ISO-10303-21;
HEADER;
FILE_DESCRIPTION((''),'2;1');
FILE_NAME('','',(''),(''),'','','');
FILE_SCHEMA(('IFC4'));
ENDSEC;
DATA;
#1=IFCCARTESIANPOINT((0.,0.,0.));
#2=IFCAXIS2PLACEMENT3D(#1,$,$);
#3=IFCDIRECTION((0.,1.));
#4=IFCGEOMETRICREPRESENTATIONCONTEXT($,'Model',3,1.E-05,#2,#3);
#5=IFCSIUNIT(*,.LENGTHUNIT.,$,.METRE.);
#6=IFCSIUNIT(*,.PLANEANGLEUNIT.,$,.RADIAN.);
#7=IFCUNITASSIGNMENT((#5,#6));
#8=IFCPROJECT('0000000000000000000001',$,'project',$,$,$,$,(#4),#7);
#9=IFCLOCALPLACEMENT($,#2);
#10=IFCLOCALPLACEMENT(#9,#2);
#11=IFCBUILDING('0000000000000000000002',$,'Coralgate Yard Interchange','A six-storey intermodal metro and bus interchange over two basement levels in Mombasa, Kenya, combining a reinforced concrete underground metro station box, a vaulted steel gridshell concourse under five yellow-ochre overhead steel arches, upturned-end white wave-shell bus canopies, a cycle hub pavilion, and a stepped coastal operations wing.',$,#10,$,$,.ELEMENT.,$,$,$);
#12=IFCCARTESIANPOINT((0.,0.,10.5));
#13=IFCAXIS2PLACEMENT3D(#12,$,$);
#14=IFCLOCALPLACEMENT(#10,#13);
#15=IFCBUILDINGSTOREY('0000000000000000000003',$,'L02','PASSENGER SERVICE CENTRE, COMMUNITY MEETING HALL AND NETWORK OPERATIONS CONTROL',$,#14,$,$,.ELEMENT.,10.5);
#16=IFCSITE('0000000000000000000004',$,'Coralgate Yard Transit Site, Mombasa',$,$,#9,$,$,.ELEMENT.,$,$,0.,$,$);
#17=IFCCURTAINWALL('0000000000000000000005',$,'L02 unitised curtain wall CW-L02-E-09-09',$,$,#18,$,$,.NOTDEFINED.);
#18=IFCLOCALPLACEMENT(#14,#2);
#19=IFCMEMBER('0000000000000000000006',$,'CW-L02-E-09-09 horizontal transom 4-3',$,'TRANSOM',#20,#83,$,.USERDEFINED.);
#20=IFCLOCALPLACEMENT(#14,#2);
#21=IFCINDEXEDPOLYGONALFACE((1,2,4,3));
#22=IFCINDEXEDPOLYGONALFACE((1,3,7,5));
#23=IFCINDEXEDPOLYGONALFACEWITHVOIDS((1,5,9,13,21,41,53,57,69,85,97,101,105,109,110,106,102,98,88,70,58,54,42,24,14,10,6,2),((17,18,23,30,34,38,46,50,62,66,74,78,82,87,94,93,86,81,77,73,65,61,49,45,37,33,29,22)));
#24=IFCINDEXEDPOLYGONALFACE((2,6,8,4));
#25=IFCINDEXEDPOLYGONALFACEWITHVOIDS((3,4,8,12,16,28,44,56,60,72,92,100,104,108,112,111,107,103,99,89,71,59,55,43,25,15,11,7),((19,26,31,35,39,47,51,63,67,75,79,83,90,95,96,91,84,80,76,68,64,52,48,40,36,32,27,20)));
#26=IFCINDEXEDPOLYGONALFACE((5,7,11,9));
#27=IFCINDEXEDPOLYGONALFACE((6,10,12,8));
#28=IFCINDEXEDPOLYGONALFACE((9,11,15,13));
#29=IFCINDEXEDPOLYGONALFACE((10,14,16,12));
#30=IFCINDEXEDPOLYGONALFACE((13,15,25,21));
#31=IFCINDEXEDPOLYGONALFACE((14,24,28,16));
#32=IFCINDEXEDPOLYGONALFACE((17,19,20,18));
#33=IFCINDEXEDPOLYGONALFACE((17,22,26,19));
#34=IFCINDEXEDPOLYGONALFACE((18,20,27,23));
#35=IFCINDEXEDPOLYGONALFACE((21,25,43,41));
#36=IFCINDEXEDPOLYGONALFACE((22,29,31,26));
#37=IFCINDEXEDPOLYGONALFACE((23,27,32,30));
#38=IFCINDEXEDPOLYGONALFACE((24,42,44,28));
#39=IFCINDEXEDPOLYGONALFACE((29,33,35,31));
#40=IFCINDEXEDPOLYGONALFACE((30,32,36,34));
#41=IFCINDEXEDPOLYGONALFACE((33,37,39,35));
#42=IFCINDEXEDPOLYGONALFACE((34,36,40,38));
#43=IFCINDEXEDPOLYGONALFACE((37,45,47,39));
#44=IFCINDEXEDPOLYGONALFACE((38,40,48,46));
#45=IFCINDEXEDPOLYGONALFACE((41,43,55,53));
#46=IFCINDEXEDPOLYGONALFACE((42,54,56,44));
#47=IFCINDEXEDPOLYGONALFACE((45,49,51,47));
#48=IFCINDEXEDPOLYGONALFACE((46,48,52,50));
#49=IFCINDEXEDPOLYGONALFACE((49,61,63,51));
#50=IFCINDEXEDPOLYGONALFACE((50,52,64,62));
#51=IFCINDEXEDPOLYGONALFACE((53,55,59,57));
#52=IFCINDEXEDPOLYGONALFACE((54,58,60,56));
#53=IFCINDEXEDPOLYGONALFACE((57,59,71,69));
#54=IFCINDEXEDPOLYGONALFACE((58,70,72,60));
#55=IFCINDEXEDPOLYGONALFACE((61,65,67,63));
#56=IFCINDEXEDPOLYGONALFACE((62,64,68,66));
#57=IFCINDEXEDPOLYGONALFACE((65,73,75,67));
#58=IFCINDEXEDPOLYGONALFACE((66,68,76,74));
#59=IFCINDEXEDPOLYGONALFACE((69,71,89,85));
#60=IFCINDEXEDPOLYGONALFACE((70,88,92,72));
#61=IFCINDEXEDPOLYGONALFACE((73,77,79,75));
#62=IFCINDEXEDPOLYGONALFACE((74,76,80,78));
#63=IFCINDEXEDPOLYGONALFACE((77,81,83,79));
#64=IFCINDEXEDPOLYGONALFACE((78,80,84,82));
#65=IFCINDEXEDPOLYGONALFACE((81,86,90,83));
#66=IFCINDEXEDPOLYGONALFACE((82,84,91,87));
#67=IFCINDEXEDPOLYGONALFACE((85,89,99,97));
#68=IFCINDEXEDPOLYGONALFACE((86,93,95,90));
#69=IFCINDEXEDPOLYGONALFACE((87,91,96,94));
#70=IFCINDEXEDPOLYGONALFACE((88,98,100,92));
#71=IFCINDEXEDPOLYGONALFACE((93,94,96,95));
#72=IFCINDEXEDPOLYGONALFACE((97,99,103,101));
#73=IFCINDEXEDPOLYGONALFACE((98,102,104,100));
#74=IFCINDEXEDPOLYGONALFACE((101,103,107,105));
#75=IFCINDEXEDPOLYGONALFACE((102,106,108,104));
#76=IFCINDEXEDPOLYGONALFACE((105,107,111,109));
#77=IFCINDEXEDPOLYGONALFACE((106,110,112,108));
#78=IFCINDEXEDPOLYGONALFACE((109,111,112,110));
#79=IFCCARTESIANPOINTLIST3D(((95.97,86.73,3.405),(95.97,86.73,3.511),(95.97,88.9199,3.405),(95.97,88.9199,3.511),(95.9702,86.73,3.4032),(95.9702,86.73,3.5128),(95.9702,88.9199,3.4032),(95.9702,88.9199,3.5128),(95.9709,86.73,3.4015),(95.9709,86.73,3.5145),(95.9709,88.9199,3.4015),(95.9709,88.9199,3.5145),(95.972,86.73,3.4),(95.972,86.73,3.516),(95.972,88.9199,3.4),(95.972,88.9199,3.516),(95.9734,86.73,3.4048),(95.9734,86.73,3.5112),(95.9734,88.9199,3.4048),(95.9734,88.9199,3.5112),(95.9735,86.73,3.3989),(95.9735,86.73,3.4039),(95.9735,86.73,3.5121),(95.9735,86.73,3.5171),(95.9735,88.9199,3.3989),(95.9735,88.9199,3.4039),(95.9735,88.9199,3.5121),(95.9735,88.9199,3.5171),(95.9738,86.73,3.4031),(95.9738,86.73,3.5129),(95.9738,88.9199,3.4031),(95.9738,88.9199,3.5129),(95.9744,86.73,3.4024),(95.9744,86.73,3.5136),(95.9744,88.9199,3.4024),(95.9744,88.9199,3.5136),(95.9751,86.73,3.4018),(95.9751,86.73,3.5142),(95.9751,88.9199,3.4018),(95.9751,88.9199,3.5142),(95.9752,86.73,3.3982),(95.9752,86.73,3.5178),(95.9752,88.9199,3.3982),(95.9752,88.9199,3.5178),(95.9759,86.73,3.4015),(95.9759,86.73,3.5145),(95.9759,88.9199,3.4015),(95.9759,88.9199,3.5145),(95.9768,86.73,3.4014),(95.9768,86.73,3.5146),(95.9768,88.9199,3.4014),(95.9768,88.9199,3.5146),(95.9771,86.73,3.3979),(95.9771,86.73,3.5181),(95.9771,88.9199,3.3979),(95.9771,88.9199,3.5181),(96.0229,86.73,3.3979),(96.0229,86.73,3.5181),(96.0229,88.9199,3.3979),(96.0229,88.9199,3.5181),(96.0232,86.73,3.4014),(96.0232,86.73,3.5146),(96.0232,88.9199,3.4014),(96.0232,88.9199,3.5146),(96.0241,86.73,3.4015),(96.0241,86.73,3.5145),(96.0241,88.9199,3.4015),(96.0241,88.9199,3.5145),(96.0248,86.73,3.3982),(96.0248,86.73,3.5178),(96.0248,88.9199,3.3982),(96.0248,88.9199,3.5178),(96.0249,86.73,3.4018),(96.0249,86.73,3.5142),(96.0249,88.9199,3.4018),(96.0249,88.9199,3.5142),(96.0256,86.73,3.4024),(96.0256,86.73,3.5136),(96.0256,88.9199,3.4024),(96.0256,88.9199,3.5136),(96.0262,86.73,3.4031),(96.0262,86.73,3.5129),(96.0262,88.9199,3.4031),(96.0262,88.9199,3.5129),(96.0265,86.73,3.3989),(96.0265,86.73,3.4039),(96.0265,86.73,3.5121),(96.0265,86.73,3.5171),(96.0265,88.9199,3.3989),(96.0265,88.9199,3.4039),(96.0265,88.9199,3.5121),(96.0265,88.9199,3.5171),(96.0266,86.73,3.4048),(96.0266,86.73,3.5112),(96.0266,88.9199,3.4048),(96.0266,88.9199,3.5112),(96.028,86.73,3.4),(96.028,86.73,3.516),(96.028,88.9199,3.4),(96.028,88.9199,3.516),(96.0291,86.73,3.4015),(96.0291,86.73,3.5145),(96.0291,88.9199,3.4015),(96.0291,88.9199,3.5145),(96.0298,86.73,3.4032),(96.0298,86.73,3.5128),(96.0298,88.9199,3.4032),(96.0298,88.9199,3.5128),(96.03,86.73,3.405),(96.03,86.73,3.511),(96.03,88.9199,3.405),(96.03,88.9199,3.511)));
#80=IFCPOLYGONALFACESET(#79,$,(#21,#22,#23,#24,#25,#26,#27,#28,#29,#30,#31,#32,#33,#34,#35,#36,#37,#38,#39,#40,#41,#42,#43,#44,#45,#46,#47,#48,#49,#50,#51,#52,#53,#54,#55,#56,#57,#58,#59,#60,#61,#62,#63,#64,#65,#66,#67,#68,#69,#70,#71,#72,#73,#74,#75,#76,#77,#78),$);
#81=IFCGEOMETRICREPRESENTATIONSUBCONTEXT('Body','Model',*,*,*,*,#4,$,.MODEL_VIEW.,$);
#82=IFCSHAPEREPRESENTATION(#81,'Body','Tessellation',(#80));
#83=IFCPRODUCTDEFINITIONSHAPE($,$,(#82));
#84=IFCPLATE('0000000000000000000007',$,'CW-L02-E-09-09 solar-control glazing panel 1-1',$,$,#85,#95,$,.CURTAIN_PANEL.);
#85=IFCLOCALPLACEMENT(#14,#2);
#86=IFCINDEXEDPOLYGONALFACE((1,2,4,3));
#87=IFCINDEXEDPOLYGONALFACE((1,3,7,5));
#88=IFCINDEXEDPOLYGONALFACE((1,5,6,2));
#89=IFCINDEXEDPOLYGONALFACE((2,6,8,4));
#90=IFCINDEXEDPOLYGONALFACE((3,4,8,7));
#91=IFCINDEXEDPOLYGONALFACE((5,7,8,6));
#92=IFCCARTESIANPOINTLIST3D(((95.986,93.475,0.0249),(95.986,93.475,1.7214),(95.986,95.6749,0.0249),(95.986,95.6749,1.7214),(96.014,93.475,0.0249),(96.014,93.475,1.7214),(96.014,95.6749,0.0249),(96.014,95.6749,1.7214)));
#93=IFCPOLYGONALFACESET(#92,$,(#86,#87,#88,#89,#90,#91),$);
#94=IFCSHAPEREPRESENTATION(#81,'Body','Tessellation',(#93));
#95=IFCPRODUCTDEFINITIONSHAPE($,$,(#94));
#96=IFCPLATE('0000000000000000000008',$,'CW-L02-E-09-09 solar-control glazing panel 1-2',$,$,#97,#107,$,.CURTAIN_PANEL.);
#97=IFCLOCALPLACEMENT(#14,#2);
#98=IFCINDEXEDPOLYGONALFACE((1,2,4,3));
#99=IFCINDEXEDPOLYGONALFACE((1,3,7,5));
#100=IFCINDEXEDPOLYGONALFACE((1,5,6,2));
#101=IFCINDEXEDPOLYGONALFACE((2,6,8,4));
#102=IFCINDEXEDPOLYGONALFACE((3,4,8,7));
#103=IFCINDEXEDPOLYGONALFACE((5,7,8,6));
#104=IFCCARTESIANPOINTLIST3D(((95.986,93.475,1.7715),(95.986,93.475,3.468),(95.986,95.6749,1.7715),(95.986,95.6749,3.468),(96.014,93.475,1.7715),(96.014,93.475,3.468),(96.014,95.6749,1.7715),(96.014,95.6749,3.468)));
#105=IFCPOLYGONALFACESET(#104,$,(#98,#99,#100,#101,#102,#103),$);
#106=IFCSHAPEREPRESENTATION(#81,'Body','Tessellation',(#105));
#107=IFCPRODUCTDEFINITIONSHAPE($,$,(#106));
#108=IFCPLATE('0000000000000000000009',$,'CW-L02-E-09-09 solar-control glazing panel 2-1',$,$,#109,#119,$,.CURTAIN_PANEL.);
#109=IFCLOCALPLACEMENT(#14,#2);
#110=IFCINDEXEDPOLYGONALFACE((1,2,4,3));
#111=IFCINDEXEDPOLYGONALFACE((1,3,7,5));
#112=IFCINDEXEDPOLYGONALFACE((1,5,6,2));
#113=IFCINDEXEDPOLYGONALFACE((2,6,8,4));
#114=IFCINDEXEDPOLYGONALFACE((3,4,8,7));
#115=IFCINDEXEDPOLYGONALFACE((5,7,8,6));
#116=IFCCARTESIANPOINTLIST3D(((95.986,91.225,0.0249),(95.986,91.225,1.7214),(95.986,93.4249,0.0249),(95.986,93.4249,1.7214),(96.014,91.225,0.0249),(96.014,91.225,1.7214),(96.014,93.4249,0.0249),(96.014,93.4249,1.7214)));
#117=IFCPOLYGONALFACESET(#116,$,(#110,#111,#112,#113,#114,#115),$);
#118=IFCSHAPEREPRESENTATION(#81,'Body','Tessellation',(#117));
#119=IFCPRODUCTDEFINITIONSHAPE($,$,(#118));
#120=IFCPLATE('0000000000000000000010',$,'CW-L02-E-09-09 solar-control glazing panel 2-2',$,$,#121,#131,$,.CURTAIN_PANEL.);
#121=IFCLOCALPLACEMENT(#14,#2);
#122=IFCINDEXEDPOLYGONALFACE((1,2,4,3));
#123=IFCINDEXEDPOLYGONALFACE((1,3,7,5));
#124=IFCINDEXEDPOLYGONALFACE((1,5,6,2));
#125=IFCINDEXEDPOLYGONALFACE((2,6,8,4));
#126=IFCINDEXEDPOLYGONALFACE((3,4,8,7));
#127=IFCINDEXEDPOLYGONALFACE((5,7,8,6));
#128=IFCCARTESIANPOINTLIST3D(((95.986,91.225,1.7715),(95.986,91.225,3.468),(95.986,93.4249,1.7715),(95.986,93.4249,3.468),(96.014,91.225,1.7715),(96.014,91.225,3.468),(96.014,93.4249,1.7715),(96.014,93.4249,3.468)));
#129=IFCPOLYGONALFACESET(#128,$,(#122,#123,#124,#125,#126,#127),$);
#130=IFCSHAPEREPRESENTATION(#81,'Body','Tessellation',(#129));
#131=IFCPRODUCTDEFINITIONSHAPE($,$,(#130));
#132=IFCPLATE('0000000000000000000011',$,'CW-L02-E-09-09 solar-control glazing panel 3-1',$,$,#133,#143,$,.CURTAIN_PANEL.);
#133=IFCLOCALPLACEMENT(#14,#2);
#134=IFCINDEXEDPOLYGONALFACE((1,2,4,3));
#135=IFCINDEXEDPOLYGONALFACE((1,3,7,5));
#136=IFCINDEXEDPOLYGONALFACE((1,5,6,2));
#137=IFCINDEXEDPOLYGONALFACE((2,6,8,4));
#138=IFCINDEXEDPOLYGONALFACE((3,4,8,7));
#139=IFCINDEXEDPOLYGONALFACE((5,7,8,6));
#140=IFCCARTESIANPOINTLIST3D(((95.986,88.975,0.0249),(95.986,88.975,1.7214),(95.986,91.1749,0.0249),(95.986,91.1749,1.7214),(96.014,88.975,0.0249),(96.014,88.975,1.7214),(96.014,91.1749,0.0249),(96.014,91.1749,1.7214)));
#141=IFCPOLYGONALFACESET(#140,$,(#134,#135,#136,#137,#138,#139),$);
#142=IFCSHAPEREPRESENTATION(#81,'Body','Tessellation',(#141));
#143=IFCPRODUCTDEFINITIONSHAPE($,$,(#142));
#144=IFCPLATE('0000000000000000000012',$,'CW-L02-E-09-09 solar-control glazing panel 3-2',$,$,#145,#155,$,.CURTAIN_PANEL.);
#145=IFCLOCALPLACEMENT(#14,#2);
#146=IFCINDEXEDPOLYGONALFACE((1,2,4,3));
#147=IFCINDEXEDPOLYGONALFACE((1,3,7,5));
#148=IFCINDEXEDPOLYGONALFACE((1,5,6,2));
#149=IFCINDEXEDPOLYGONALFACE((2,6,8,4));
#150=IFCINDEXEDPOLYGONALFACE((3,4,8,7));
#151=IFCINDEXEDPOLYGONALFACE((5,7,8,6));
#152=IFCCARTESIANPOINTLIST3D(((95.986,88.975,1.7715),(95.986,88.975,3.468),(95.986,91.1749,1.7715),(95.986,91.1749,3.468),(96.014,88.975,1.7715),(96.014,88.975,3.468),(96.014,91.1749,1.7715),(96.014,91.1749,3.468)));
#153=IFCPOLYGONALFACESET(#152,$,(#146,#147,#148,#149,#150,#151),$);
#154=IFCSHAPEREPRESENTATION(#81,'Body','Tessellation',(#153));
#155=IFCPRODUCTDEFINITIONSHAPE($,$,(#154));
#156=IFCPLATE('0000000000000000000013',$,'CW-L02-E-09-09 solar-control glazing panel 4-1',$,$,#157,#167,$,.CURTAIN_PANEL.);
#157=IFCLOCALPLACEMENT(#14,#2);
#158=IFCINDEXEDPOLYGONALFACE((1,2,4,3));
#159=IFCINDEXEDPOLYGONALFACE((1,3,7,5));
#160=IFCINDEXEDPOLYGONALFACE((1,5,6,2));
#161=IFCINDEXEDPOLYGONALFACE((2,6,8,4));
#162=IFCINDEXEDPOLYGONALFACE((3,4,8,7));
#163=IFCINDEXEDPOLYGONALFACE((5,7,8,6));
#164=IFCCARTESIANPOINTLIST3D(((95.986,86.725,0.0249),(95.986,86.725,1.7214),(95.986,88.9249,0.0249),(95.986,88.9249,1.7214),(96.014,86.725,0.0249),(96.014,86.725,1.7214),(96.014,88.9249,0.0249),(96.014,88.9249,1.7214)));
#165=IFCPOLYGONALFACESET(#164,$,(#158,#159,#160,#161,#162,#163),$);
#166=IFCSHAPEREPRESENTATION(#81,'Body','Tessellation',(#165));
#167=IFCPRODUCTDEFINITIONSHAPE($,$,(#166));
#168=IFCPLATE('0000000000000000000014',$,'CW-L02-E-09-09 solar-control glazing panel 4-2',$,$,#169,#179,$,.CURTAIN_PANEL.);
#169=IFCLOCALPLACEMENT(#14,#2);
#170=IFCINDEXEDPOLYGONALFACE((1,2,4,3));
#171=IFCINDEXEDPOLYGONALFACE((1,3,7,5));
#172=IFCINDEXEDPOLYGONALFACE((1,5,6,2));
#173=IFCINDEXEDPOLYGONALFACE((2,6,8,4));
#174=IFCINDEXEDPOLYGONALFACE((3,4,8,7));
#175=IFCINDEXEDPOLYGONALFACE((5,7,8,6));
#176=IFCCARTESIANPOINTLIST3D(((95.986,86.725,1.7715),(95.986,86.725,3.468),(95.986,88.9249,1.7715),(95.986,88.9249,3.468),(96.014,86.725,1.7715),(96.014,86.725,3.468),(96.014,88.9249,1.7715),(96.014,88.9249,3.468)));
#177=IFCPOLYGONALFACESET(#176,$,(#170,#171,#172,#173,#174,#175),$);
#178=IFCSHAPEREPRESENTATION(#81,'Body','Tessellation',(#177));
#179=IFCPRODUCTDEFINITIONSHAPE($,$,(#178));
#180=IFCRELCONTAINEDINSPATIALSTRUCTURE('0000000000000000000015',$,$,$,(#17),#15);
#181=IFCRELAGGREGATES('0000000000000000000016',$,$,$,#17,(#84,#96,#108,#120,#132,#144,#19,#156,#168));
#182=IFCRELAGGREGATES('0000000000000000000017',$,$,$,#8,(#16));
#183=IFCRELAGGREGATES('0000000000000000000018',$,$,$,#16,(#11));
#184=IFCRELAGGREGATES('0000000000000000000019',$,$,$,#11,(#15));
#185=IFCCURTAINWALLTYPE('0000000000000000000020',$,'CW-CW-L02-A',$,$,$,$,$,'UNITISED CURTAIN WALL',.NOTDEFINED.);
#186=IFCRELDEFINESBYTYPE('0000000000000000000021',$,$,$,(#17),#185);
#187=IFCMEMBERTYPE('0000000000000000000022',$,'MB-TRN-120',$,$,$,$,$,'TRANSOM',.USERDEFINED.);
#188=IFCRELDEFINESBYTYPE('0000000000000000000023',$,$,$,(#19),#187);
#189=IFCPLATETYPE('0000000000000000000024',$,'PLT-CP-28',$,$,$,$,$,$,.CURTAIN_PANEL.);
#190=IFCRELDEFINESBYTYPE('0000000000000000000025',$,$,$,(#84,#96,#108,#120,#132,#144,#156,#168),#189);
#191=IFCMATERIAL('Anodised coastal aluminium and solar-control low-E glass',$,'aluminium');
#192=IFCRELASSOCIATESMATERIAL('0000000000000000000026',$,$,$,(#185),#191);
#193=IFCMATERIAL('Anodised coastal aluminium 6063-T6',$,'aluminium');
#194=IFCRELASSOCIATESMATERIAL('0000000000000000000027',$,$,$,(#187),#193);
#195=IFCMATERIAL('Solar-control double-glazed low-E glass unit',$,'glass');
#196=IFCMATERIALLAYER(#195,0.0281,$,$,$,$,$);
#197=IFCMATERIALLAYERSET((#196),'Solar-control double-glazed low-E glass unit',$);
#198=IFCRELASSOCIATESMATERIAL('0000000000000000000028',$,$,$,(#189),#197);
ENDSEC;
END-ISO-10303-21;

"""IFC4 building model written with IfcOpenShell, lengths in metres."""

from ifc_helpers import new_model, si_unit, direction, frame, origin, origin_2d, place, context, subcontext, project, spatial, rectangle, hollow_rectangle, extrude, material, layer, layer_set, material_profile, profile_set, type_object, element, aggregate, save


model = new_model("IFC4")

# Units and contexts
model_context = context("Model", 3, precision=1e-05, world=origin(), true_north=direction((0.0, 1.0)))
body_context = subcontext(model_context, "Body", "Model", "MODEL_VIEW")
ifc_project = project(units=[si_unit("LENGTHUNIT", "METRE"), si_unit("PLANEANGLEUNIT", "RADIAN")], contexts=[model_context])

# Site, building, storey
site_placement = place(None, origin())
site = spatial("IfcSite", under=ifc_project, at=site_placement, Name="Coralgate Yard Transit Site, Mombasa", CompositionType="ELEMENT", RefElevation=0.0)
building_placement = place(site_placement, origin())
building = spatial("IfcBuilding", under=site, at=building_placement, Name="Coralgate Yard Interchange", Description="A six-storey intermodal metro and bus interchange over two basement levels in Mombasa, Kenya, combining a reinforced concrete underground metro station box, a vaulted steel gridshell concourse under five yellow-ochre overhead steel arches, upturned-end white wave-shell bus canopies, a cycle hub pavilion, and a stepped coastal operations wing.", CompositionType="ELEMENT")
storey_placement = place(building_placement, frame((0.0, 0.0, 10.5)))
storey = spatial("IfcBuildingStorey", under=building, at=storey_placement, Name="L02", Description="PASSENGER SERVICE CENTRE, COMMUNITY MEETING HALL AND NETWORK OPERATIONS CONTROL", CompositionType="ELEMENT", Elevation=10.5)

# Shared definitions
ifc_material_1 = material(Name="Anodised coastal aluminium and solar-control low-E glass", Category="aluminium")
curtain_wall_type = type_object("IfcCurtainWallType", Name="CW-CW-L02-A", ElementType="UNITISED CURTAIN WALL", PredefinedType="NOTDEFINED", material=ifc_material_1)
ifc_material_2 = material(Name="Anodised coastal aluminium 6063-T6", Category="aluminium")

# Curtain wall
curtain_wall_1_placement = place(storey_placement, origin())
curtain_wall_1 = element("IfcCurtainWall", 1, at=curtain_wall_1_placement, inside=storey, type_object=curtain_wall_type, Name="L02 unitised curtain wall CW-L02-E-09-09", PredefinedType="NOTDEFINED")

# Member
ifc_material_profile_1 = material_profile(ifc_material_2, hollow_rectangle(XDim=0.0601, YDim=0.1201, WallThickness=0.0034, InnerFilletRadius=0.0034, OuterFilletRadius=0.0071, at=origin_2d()), Name="ALU 60x120x3.5")
ifc_profile_set_1 = profile_set([ifc_material_profile_1], Name="Anodised coastal aluminium 6063-T6")
member_type_1 = type_object("IfcMemberType", Name="MB-TRN-120", ElementType="TRANSOM", PredefinedType="USERDEFINED", material=ifc_profile_set_1)
member_1_placement = place(storey_placement, frame((96.0, 88.9199, 3.458), z_axis=(0.0, -1.0, 0.0), x_axis=(1.0, 0.0, 0.0)))
member_1 = element("IfcMember", 2, at=member_1_placement, type_object=member_type_1, Name="CW-L02-E-09-09 horizontal transom 4-3", ObjectType="TRANSOM", PredefinedType="USERDEFINED", context=body_context, shape_type="SweptSolid", body=[
    extrude(hollow_rectangle(XDim=0.0601, YDim=0.1201, WallThickness=0.0034, InnerFilletRadius=0.0034, OuterFilletRadius=0.0071, at=origin_2d()), origin(), (0.0, 0.0, 1.0), 2.1899),
])

# Plates
ifc_material_3 = material(Name="Solar-control double-glazed low-E glass unit", Category="glass")
ifc_layer = layer(ifc_material_3, 0.0281)
ifc_layer_set = layer_set([ifc_layer], Name="Solar-control double-glazed low-E glass unit")
plate_type = type_object("IfcPlateType", Name="PLT-CP-28", PredefinedType="CURTAIN_PANEL", material=ifc_layer_set)
plate_1_placement = place(storey_placement, frame((96.0, 94.575, 0.0249), z_axis=(0.0, 0.0, 1.0), x_axis=(0.0, -1.0, 0.0)))
plate_1 = element("IfcPlate", 3, at=plate_1_placement, type_object=plate_type, Name="CW-L02-E-09-09 solar-control glazing panel 1-1", PredefinedType="CURTAIN_PANEL", context=body_context, shape_type="SweptSolid", body=[
    extrude(rectangle(XDim=2.2, YDim=0.0281, at=origin_2d()), origin(), (0.0, 0.0, 1.0), 1.6965),
])
plate_2_placement = place(storey_placement, frame((96.0, 94.575, 1.7715), z_axis=(0.0, 0.0, 1.0), x_axis=(0.0, -1.0, 0.0)))
plate_2 = element("IfcPlate", 4, at=plate_2_placement, type_object=plate_type, Name="CW-L02-E-09-09 solar-control glazing panel 1-2", PredefinedType="CURTAIN_PANEL", context=body_context, shape_type="SweptSolid", body=[
    extrude(rectangle(XDim=2.2, YDim=0.0281, at=origin_2d()), origin(), (0.0, 0.0, 1.0), 1.6965),
])
plate_3_placement = place(storey_placement, frame((96.0, 92.325, 0.0249), z_axis=(0.0, 0.0, 1.0), x_axis=(0.0, -1.0, 0.0)))
plate_3 = element("IfcPlate", 5, at=plate_3_placement, type_object=plate_type, Name="CW-L02-E-09-09 solar-control glazing panel 2-1", PredefinedType="CURTAIN_PANEL", context=body_context, shape_type="SweptSolid", body=[
    extrude(rectangle(XDim=2.2, YDim=0.0281, at=origin_2d()), origin(), (0.0, 0.0, 1.0), 1.6965),
])
plate_4_placement = place(storey_placement, frame((96.0, 92.325, 1.7715), z_axis=(0.0, 0.0, 1.0), x_axis=(0.0, -1.0, 0.0)))
plate_4 = element("IfcPlate", 6, at=plate_4_placement, type_object=plate_type, Name="CW-L02-E-09-09 solar-control glazing panel 2-2", PredefinedType="CURTAIN_PANEL", context=body_context, shape_type="SweptSolid", body=[
    extrude(rectangle(XDim=2.2, YDim=0.0281, at=origin_2d()), origin(), (0.0, 0.0, 1.0), 1.6965),
])
plate_5_placement = place(storey_placement, frame((96.0, 90.075, 0.0249), z_axis=(0.0, 0.0, 1.0), x_axis=(0.0, -1.0, 0.0)))
plate_5 = element("IfcPlate", 7, at=plate_5_placement, type_object=plate_type, Name="CW-L02-E-09-09 solar-control glazing panel 3-1", PredefinedType="CURTAIN_PANEL", context=body_context, shape_type="SweptSolid", body=[
    extrude(rectangle(XDim=2.2, YDim=0.0281, at=origin_2d()), origin(), (0.0, 0.0, 1.0), 1.6965),
])
plate_6_placement = place(storey_placement, frame((96.0, 90.075, 1.7715), z_axis=(0.0, 0.0, 1.0), x_axis=(0.0, -1.0, 0.0)))
plate_6 = element("IfcPlate", 8, at=plate_6_placement, type_object=plate_type, Name="CW-L02-E-09-09 solar-control glazing panel 3-2", PredefinedType="CURTAIN_PANEL", context=body_context, shape_type="SweptSolid", body=[
    extrude(rectangle(XDim=2.2, YDim=0.0281, at=origin_2d()), origin(), (0.0, 0.0, 1.0), 1.6965),
])
plate_7_placement = place(storey_placement, frame((96.0, 87.825, 0.0249), z_axis=(0.0, 0.0, 1.0), x_axis=(0.0, -1.0, 0.0)))
plate_7 = element("IfcPlate", 9, at=plate_7_placement, type_object=plate_type, Name="CW-L02-E-09-09 solar-control glazing panel 4-1", PredefinedType="CURTAIN_PANEL", context=body_context, shape_type="SweptSolid", body=[
    extrude(rectangle(XDim=2.2, YDim=0.0281, at=origin_2d()), origin(), (0.0, 0.0, 1.0), 1.6965),
])
plate_8_placement = place(storey_placement, frame((96.0, 87.825, 1.7715), z_axis=(0.0, 0.0, 1.0), x_axis=(0.0, -1.0, 0.0)))
plate_8 = element("IfcPlate", 10, at=plate_8_placement, type_object=plate_type, Name="CW-L02-E-09-09 solar-control glazing panel 4-2", PredefinedType="CURTAIN_PANEL", context=body_context, shape_type="SweptSolid", body=[
    extrude(rectangle(XDim=2.2, YDim=0.0281, at=origin_2d()), origin(), (0.0, 0.0, 1.0), 1.6965),
])
aggregate(curtain_wall_1, [plate_1, plate_2, plate_3, plate_4, plate_5, plate_6, member_1, plate_7, plate_8])

save(model, "model.ifc")
